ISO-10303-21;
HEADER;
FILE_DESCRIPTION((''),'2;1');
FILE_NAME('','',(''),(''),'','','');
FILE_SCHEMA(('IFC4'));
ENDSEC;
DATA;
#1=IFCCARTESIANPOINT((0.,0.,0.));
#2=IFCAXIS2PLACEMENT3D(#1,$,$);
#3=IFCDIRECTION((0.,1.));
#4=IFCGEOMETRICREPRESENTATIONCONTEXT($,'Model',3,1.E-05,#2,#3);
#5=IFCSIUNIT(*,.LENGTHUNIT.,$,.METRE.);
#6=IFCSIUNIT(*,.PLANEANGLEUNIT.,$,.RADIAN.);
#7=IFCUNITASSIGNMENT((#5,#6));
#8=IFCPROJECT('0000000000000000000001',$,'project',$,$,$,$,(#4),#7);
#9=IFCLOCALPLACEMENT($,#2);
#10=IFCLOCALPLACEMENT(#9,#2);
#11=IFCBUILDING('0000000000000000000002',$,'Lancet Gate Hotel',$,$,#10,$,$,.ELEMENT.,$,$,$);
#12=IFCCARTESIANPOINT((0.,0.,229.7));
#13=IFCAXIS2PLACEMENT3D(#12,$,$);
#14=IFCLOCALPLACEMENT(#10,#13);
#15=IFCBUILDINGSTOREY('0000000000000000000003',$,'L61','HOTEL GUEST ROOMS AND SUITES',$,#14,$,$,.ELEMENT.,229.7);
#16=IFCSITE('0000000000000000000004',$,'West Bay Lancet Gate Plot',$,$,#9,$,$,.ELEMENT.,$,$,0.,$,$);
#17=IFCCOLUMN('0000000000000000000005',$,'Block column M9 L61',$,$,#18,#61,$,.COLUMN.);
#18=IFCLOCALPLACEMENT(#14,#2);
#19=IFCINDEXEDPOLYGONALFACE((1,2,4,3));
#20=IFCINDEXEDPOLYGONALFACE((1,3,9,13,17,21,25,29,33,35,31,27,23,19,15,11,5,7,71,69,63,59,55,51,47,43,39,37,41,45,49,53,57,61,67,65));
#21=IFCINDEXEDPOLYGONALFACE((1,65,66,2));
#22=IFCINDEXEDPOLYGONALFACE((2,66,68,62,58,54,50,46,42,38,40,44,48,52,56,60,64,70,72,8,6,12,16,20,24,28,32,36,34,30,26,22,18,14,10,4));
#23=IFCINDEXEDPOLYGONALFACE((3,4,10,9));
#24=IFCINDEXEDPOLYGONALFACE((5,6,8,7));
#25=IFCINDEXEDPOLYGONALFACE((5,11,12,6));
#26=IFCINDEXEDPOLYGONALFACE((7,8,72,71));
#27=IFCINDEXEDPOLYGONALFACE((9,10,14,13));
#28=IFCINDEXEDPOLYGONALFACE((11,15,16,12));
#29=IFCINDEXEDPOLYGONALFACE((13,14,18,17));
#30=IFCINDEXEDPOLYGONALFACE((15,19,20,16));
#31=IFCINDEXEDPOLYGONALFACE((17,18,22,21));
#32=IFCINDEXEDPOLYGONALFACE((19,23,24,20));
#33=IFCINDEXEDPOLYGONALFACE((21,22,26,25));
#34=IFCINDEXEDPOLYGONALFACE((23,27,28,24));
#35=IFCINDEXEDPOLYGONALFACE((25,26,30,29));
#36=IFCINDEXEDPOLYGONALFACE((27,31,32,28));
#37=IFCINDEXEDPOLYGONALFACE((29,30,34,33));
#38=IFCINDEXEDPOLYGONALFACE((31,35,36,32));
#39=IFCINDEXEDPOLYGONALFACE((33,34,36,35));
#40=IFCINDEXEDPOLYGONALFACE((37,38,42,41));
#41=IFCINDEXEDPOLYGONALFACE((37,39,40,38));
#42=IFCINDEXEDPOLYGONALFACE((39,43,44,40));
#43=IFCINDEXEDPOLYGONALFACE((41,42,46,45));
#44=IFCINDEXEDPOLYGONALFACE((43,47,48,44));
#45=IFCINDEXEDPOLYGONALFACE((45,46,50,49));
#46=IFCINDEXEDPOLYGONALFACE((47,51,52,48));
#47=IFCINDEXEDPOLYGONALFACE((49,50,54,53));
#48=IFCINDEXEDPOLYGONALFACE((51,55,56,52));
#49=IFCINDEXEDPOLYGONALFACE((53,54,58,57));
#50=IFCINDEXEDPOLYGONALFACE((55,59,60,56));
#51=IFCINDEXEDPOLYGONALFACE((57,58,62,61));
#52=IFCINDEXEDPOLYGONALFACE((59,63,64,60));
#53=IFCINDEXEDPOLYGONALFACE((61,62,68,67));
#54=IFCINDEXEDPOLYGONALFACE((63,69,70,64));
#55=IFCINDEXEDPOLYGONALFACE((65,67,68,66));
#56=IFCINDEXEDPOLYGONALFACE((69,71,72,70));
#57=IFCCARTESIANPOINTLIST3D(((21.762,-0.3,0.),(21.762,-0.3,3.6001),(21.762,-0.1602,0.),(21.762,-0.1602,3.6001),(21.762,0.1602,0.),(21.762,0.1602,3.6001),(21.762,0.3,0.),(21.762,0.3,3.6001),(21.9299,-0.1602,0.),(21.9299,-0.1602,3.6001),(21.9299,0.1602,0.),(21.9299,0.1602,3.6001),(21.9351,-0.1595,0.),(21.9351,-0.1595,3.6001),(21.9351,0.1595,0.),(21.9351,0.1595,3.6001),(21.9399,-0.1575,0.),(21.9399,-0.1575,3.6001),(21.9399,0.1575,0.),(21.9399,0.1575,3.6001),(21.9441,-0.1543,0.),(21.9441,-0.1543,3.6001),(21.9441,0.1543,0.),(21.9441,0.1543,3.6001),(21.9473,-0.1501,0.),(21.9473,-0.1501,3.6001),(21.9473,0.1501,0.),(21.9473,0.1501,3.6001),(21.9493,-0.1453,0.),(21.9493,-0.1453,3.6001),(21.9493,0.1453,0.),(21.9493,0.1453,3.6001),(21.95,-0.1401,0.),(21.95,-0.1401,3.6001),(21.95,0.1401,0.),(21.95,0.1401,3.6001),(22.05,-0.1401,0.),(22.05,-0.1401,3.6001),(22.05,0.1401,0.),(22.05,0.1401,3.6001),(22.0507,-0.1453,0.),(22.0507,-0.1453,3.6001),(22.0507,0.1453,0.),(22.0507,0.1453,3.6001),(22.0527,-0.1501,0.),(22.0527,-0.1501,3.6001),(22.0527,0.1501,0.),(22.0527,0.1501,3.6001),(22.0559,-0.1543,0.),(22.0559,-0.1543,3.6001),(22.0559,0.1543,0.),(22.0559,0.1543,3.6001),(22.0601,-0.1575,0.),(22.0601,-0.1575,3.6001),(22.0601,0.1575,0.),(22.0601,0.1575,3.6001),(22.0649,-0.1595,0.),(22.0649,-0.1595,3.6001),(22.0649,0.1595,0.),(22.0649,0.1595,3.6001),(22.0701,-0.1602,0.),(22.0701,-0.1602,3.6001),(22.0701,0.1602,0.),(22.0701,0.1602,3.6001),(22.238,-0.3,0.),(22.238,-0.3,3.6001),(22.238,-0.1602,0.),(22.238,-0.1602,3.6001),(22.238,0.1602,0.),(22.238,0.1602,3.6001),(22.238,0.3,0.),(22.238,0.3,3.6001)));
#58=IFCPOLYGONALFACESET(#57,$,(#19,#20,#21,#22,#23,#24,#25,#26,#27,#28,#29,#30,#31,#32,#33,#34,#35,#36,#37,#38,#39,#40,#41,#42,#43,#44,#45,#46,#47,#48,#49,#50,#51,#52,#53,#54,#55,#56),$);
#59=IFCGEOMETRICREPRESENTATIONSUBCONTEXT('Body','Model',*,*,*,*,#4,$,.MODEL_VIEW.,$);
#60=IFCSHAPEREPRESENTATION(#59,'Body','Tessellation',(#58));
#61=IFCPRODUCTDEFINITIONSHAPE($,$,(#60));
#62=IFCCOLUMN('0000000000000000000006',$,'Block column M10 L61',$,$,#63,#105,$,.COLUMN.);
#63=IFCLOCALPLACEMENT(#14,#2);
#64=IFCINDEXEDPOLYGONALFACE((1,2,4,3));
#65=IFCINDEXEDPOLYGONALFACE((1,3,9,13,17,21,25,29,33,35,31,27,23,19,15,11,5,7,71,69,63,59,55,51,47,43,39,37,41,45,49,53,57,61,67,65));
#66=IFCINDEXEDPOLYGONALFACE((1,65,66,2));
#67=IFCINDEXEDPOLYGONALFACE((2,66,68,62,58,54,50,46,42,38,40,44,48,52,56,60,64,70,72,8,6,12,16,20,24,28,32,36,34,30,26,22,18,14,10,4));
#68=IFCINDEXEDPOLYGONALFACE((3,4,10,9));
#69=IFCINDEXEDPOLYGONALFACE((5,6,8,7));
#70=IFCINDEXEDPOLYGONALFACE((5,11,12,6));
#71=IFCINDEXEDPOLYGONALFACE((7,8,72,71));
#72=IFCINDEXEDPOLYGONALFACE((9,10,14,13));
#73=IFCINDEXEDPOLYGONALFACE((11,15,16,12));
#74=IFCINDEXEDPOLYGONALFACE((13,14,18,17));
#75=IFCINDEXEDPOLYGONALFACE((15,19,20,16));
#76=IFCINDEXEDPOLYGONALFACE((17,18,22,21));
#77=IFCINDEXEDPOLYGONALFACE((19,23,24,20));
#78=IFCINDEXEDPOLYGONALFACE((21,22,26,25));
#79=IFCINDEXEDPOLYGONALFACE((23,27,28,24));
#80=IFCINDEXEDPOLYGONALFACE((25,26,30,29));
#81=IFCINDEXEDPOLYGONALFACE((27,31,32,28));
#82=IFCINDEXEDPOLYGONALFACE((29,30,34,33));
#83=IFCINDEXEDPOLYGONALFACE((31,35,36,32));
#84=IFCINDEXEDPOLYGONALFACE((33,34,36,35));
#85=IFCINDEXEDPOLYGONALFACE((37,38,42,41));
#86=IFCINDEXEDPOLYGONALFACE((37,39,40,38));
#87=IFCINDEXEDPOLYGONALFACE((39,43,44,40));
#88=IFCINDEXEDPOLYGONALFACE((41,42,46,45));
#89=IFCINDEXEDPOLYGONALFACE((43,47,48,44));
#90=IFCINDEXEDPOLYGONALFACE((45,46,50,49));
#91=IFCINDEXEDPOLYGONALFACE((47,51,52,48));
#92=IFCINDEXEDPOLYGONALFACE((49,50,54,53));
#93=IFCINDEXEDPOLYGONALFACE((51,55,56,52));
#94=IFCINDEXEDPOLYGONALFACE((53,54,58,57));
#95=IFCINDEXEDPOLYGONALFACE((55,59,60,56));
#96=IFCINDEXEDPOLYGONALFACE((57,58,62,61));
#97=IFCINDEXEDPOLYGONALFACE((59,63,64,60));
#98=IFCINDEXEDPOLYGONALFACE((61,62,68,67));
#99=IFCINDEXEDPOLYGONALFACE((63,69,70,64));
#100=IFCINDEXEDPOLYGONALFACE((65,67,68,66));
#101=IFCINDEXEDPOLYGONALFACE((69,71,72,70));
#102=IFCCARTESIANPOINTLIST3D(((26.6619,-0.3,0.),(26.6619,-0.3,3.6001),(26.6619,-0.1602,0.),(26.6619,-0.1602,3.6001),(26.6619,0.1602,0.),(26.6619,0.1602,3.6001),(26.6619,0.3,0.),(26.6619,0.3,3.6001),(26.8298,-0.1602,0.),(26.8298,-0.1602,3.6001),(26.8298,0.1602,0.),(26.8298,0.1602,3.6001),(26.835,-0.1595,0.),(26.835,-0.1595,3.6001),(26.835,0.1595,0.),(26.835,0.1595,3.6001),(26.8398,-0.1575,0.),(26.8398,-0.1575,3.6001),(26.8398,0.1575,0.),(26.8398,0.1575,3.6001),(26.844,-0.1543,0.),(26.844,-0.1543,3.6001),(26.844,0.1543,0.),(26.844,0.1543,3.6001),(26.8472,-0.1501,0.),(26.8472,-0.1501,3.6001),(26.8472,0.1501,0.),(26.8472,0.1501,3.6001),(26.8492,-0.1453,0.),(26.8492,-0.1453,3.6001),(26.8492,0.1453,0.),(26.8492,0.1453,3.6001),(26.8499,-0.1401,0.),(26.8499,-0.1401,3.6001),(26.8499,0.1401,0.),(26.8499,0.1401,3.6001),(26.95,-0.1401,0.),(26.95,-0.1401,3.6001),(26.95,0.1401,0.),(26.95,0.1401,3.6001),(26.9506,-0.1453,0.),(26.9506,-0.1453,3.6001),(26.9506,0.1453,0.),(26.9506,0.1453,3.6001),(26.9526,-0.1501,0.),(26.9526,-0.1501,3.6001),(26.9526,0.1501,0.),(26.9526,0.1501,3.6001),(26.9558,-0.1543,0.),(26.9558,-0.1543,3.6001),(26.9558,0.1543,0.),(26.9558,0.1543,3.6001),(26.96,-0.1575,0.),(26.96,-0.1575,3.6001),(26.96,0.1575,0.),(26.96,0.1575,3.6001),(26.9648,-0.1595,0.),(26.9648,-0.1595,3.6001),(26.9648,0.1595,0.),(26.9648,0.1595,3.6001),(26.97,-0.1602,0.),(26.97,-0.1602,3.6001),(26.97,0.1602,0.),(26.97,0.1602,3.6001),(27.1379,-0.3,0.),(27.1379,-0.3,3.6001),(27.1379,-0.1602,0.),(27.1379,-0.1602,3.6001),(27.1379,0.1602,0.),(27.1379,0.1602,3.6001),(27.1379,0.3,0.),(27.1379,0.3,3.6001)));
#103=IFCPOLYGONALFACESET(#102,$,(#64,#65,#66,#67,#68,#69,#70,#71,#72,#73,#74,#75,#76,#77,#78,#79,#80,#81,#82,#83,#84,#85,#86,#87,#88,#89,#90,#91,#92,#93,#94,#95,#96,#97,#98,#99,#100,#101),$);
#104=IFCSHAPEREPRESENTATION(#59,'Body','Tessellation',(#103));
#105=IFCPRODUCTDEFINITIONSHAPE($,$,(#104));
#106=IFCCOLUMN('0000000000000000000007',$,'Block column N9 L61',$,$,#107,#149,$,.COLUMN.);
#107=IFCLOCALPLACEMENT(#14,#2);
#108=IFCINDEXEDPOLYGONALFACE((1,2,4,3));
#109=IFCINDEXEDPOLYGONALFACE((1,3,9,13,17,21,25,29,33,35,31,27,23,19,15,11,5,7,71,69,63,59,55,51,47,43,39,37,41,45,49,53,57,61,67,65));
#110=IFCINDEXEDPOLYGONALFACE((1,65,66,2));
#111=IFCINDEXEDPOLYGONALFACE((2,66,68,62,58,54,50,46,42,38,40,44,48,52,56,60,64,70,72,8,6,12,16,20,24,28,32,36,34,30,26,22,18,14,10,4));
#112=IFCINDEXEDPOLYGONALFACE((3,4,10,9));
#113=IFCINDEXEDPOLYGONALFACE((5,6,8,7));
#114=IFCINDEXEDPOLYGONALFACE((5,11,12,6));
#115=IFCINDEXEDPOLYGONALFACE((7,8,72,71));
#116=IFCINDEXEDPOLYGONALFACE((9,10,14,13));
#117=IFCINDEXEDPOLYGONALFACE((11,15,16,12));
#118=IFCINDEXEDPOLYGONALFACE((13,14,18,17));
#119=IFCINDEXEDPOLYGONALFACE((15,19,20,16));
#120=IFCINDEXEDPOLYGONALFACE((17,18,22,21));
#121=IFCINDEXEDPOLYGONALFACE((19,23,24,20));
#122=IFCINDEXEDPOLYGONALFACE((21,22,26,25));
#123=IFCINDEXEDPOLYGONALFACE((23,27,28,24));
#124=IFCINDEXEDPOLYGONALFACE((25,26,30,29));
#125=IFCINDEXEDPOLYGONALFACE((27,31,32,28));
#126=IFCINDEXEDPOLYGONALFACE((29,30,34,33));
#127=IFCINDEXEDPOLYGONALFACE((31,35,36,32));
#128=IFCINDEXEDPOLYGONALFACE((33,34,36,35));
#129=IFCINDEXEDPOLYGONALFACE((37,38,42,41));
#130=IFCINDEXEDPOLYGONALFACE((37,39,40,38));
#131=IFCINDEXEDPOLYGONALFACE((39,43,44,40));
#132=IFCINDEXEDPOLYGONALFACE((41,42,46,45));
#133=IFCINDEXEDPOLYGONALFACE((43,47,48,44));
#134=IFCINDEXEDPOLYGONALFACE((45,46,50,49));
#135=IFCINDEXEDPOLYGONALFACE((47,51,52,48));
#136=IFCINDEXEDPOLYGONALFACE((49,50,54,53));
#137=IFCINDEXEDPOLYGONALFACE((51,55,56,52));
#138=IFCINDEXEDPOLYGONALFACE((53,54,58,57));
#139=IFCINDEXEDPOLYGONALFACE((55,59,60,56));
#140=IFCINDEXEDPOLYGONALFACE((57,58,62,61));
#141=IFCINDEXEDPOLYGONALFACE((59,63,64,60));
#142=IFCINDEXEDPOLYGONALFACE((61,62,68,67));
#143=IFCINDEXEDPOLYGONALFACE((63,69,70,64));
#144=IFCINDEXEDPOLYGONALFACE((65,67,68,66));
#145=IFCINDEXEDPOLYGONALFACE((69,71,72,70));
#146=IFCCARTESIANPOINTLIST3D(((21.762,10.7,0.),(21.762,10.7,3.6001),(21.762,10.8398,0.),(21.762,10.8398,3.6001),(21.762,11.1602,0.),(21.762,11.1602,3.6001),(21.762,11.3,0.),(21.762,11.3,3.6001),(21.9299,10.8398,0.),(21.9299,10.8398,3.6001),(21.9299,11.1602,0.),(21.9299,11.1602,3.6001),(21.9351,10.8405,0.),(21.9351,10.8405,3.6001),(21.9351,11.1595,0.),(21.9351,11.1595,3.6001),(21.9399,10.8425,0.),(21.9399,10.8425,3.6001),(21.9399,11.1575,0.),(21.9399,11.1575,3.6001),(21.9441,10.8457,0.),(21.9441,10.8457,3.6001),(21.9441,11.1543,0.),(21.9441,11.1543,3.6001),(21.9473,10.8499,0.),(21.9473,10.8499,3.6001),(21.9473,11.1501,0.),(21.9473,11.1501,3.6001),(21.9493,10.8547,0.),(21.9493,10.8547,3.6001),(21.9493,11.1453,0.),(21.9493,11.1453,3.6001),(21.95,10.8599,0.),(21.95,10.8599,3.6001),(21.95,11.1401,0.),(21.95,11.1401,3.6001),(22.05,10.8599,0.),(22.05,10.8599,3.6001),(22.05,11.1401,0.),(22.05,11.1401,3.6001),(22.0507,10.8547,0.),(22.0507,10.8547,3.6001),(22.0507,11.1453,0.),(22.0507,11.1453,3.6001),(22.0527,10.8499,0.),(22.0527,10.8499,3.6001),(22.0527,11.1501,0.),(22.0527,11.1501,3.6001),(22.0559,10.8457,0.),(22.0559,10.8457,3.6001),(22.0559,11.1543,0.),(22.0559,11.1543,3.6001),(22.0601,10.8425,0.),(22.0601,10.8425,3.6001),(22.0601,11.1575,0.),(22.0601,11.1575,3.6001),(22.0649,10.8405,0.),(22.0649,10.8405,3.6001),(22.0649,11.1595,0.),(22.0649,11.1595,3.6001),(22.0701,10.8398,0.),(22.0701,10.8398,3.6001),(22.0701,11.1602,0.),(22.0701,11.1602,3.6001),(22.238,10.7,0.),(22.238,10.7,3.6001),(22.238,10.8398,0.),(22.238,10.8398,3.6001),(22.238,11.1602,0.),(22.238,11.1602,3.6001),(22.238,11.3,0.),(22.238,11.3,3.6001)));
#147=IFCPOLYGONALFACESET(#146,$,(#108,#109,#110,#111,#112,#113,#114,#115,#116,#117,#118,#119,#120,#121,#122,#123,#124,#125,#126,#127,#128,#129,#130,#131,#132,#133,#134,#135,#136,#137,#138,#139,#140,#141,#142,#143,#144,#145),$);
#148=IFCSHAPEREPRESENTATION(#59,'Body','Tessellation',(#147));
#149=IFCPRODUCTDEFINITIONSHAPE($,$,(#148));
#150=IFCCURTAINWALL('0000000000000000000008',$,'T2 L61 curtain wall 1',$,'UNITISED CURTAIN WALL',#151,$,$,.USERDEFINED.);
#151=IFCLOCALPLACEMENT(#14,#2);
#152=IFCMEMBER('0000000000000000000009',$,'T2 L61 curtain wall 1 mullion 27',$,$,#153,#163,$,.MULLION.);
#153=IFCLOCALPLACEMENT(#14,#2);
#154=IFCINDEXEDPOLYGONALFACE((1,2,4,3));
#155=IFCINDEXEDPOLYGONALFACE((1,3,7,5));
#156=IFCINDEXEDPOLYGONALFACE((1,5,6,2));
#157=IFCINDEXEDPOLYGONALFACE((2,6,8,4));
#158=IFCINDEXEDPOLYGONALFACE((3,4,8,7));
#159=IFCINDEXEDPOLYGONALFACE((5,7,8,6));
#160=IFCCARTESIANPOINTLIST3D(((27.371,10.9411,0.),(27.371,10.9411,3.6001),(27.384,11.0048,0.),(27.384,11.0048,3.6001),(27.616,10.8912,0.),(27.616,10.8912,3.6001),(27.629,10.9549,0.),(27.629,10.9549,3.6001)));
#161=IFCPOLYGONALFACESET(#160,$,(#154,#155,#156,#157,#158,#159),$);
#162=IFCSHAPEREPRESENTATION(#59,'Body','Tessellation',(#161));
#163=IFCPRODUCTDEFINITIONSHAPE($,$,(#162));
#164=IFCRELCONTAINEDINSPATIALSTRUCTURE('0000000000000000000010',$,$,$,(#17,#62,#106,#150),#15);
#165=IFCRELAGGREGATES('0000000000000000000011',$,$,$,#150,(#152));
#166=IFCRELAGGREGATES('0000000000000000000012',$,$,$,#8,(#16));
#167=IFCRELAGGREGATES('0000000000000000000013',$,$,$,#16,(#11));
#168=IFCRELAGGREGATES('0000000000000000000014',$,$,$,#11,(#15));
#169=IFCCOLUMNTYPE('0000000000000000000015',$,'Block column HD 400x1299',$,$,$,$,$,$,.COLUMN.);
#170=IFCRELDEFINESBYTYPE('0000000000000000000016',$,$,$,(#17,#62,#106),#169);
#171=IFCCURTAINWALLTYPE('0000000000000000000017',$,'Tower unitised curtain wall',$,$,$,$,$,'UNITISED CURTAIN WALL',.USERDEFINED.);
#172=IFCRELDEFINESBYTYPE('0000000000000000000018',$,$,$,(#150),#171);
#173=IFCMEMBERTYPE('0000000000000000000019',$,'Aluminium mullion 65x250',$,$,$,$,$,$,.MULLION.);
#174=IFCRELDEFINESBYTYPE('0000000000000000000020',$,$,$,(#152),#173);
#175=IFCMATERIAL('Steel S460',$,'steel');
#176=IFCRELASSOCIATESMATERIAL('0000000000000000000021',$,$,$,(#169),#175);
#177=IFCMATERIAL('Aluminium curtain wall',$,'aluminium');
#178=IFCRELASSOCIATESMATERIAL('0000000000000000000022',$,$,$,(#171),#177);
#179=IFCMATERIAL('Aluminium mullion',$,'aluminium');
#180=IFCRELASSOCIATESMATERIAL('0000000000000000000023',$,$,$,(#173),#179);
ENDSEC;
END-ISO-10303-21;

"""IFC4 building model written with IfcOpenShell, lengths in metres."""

from ifc_helpers import new_model, si_unit, direction, frame, origin, origin_2d, place, context, subcontext, project, spatial, rectangle, i_section, extrude, material, material_profile, profile_set, type_object, element, aggregate, save


model = new_model("IFC4")

# Units and contexts
model_context = context("Model", 3, precision=1e-05, world=origin(), true_north=direction((0.0, 1.0)))
body_context = subcontext(model_context, "Body", "Model", "MODEL_VIEW")
ifc_project = project(units=[si_unit("LENGTHUNIT", "METRE"), si_unit("PLANEANGLEUNIT", "RADIAN")], contexts=[model_context])

# Site, building, storey
site_placement = place(None, origin())
site = spatial("IfcSite", under=ifc_project, at=site_placement, Name="West Bay Lancet Gate Plot", CompositionType="ELEMENT", RefElevation=0.0)
building_placement = place(site_placement, origin())
building = spatial("IfcBuilding", under=site, at=building_placement, Name="Lancet Gate Hotel", CompositionType="ELEMENT")
storey_placement = place(building_placement, frame((0.0, 0.0, 229.7)))
storey = spatial("IfcBuildingStorey", under=building, at=storey_placement, Name="L61", Description="HOTEL GUEST ROOMS AND SUITES", CompositionType="ELEMENT", Elevation=229.7)

# Columns
ifc_material_1 = material(Name="Steel S460", Category="steel")
ifc_material_profile_1 = material_profile(ifc_material_1, i_section(OverallWidth=0.4761, OverallDepth=0.6001, WebThickness=0.1001, FlangeThickness=0.1399, FilletRadius=0.02, at=origin_2d()), Name="HD 400x1299")
ifc_profile_set_1 = profile_set([ifc_material_profile_1], Name="Steel S460")
column_type = type_object("IfcColumnType", Name="Block column HD 400x1299", PredefinedType="COLUMN", material=ifc_profile_set_1)
for number, where, z_axis, x_axis, name in (
    (1, (22.0, 0.0, 0.0), (0.0, 0.0, 1.0), (1.0, 0.0, 0.0), "Block column M9 L61"),
    (2, (26.8999, 0.0, 0.0), (0.0, 0.0, 1.0), (1.0, 0.0, 0.0), "Block column M10 L61"),
    (3, (22.0, 11.0, 0.0), (0.0, 0.0, 1.0), (1.0, 0.0, 0.0), "Block column N9 L61"),
):
    element("IfcColumn", number, at=place(storey_placement, frame(where, z_axis=z_axis, x_axis=x_axis)), inside=storey, type_object=column_type, Name=name, PredefinedType="COLUMN", context=body_context, shape_type="SweptSolid", body=[
        extrude(i_section(OverallWidth=0.4761, OverallDepth=0.6001, WebThickness=0.1001, FlangeThickness=0.1399, FilletRadius=0.02, at=origin_2d()), origin(), (0.0, 0.0, 1.0), 3.6001),
    ])

# Curtain wall, member
ifc_material_2 = material(Name="Aluminium curtain wall", Category="aluminium")
curtain_wall_type = type_object("IfcCurtainWallType", Name="Tower unitised curtain wall", ElementType="UNITISED CURTAIN WALL", PredefinedType="USERDEFINED", material=ifc_material_2)
curtain_wall_placement = place(storey_placement, origin())
curtain_wall = element("IfcCurtainWall", 4, at=curtain_wall_placement, inside=storey, type_object=curtain_wall_type, Name="T2 L61 curtain wall 1", ObjectType="UNITISED CURTAIN WALL", PredefinedType="USERDEFINED")
ifc_material_3 = material(Name="Aluminium mullion", Category="aluminium")
ifc_material_profile_2 = material_profile(ifc_material_3, rectangle(XDim=0.0649, YDim=0.25, at=origin_2d()), Name="MULLION 65x250")
ifc_profile_set_2 = profile_set([ifc_material_profile_2], Name="Aluminium mullion")
member_type_1 = type_object("IfcMemberType", Name="Aluminium mullion 65x250", PredefinedType="MULLION", material=ifc_profile_set_2)
member_1_placement = place(storey_placement, frame((27.5, 10.948, 0.0), z_axis=(0.0, 0.0, 1.0), x_axis=(-0.199533, -0.979891, 0.0)))
member_1 = element("IfcMember", 5, at=member_1_placement, type_object=member_type_1, Name="T2 L61 curtain wall 1 mullion 27", PredefinedType="MULLION", context=body_context, shape_type="SweptSolid", body=[
    extrude(rectangle(XDim=0.0649, YDim=0.25, at=origin_2d()), origin(), (0.0, 0.0, 1.0), 3.6001),
])
aggregate(curtain_wall, [member_1])

save(model, "model.ifc")
